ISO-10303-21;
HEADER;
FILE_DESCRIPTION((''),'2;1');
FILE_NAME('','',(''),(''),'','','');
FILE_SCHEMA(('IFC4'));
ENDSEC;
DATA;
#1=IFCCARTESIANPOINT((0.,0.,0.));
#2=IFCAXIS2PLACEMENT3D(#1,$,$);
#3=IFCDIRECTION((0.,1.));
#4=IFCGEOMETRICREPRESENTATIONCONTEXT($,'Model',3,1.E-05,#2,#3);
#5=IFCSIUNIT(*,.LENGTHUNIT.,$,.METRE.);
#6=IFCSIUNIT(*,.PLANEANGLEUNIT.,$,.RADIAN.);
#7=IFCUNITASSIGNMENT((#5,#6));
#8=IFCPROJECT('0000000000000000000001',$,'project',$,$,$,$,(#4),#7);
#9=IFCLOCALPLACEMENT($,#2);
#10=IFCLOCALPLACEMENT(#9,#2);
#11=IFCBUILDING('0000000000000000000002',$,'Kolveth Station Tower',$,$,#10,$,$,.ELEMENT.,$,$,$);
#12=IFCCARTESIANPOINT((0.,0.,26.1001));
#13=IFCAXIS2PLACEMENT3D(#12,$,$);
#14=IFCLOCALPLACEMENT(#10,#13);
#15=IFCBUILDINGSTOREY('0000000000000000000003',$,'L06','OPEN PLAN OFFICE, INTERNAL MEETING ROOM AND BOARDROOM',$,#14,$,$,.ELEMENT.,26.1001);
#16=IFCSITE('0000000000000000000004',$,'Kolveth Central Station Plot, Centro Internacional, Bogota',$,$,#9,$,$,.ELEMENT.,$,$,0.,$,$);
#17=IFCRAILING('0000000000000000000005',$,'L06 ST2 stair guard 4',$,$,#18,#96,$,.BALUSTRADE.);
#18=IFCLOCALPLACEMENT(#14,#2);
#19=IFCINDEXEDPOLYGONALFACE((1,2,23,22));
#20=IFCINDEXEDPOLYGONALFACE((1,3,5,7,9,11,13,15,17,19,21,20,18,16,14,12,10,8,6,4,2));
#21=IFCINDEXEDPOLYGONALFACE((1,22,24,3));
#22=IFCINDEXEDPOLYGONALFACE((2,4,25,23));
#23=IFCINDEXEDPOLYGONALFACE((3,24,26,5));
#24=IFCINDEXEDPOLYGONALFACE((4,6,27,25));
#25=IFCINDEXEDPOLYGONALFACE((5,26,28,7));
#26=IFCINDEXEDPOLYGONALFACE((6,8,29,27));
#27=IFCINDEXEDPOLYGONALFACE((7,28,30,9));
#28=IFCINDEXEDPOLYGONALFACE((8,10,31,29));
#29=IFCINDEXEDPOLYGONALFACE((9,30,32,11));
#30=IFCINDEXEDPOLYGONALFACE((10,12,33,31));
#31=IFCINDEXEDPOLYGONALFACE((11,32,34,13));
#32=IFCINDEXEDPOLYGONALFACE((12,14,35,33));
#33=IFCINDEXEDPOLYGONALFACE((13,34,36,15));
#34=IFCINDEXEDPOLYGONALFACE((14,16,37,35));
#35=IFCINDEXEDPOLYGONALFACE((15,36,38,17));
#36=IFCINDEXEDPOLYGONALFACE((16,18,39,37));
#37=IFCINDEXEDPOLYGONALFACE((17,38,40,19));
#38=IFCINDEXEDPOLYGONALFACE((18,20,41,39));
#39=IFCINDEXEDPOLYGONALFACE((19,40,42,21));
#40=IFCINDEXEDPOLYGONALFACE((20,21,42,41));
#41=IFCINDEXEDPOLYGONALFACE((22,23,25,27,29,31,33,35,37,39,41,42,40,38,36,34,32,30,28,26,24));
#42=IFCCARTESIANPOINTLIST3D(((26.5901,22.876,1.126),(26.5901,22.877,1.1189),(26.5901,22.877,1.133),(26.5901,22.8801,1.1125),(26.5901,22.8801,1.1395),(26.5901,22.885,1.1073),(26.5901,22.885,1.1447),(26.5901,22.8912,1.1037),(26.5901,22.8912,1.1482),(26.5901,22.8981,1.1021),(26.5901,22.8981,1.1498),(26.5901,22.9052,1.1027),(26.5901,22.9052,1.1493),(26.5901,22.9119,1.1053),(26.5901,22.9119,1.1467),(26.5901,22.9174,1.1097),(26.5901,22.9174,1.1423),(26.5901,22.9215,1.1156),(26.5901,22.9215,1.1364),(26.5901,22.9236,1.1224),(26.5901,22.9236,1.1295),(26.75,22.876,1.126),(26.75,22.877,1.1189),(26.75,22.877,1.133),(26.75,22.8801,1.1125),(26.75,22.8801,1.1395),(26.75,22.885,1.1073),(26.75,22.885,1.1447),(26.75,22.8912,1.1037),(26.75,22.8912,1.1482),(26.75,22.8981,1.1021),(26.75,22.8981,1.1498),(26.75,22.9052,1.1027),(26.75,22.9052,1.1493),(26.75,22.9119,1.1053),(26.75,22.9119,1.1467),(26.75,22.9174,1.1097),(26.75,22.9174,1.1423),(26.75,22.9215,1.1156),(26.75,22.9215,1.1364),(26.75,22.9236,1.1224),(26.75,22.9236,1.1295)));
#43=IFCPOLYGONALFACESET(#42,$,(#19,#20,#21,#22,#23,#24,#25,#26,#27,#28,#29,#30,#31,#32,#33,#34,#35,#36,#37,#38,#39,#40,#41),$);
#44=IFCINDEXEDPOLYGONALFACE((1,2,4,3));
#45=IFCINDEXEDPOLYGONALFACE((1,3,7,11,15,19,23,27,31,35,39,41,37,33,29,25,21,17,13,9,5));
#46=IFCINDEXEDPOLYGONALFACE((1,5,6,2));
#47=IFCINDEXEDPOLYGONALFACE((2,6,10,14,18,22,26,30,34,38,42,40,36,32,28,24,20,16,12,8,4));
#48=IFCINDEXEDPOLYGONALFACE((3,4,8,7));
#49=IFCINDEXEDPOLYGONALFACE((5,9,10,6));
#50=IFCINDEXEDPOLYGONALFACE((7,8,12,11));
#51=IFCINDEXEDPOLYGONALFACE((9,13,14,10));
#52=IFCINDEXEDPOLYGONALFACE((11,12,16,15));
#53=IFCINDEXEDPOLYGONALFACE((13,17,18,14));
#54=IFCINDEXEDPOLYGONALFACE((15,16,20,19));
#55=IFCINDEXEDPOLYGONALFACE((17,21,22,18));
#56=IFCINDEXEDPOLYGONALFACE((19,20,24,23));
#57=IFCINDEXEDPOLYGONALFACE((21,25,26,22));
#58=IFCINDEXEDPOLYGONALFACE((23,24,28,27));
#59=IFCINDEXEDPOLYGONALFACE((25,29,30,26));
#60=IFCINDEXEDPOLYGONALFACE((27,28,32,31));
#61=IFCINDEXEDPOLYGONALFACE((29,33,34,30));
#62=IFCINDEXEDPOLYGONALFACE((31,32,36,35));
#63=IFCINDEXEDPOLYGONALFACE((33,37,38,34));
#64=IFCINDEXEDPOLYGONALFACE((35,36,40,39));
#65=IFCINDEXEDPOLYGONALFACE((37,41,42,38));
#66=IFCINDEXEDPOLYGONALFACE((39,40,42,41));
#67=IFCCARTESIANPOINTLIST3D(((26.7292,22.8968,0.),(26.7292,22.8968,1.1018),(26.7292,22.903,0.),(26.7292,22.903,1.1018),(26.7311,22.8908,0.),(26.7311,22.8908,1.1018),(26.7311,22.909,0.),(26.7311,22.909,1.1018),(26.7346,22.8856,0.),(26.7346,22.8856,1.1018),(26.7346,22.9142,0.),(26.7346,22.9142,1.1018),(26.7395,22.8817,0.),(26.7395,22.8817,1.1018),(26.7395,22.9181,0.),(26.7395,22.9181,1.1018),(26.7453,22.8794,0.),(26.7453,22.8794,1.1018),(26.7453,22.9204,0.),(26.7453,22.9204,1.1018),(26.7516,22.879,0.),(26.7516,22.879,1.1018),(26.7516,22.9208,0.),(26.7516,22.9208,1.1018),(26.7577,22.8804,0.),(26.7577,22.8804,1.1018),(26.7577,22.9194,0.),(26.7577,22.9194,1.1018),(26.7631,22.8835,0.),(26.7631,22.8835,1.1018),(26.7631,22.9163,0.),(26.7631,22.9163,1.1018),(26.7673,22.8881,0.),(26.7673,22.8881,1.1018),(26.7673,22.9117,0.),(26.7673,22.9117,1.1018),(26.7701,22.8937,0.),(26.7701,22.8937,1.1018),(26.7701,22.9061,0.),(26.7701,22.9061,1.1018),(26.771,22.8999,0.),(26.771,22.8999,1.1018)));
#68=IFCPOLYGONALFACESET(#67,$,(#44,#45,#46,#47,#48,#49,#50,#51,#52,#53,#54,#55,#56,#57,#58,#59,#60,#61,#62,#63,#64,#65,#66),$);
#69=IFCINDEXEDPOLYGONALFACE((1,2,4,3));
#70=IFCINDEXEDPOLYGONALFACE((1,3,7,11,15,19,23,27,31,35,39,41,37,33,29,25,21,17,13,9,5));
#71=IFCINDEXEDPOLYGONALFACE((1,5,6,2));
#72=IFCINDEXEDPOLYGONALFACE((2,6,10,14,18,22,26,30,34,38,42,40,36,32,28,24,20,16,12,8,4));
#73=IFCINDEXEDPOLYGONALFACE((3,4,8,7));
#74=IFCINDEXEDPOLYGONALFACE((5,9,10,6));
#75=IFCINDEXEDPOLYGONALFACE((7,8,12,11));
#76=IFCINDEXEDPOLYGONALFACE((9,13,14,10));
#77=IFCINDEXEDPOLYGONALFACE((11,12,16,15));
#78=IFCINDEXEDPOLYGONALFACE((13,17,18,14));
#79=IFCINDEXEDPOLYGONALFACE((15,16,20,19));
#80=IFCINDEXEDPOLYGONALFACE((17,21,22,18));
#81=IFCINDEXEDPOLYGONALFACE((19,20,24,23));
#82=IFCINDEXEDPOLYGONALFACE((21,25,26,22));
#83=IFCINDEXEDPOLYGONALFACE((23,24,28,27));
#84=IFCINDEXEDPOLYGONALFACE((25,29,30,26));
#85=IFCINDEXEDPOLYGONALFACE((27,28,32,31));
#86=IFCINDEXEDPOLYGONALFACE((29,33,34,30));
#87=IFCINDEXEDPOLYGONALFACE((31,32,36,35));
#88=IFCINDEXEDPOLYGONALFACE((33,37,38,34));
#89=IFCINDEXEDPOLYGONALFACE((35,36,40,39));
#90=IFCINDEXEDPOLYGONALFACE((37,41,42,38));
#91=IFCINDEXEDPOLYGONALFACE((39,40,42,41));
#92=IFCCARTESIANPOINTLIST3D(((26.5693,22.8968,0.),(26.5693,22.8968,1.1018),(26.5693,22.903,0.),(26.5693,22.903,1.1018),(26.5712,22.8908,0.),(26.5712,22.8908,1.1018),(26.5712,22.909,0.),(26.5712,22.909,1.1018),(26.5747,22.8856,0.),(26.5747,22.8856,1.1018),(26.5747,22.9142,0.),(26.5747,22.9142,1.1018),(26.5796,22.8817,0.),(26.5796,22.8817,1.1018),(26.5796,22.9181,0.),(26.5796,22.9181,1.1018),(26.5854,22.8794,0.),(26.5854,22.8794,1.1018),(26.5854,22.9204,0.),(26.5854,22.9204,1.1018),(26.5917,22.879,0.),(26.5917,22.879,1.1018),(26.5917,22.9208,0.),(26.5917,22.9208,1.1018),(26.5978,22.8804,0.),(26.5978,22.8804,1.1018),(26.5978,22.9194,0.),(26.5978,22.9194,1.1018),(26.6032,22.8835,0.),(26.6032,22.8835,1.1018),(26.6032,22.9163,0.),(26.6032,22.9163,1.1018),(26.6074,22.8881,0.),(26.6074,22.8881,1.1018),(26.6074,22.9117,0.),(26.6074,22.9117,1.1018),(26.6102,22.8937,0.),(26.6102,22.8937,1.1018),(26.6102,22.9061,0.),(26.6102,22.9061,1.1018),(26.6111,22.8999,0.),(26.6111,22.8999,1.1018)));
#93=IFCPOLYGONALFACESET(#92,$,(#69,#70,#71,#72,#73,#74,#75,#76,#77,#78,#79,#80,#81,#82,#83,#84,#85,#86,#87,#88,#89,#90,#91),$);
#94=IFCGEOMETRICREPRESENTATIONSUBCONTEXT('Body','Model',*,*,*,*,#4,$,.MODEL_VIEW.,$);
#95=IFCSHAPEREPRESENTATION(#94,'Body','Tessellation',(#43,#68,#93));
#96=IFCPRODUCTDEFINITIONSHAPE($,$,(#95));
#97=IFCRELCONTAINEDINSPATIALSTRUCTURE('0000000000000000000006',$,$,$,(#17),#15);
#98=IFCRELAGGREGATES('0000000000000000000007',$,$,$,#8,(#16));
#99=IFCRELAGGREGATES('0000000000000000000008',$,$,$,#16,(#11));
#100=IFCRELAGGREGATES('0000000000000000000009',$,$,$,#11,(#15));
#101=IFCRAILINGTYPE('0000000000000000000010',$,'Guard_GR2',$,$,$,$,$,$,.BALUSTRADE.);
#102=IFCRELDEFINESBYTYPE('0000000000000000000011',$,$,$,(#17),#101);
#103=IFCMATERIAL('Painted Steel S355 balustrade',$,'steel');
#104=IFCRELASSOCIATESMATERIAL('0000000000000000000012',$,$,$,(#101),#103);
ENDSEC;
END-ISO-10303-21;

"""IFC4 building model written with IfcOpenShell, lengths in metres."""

from ifc_helpers import new_model, si_unit, direction, frame, origin, origin_2d, place, context, subcontext, project, spatial, circle, extrude, material, type_object, element, save


model = new_model("IFC4")

# Units and contexts
model_context = context("Model", 3, precision=1e-05, world=origin(), true_north=direction((0.0, 1.0)))
body_context = subcontext(model_context, "Body", "Model", "MODEL_VIEW")
ifc_project = project(units=[si_unit("LENGTHUNIT", "METRE"), si_unit("PLANEANGLEUNIT", "RADIAN")], contexts=[model_context])

# Site, building, storey
site_placement = place(None, origin())
site = spatial("IfcSite", under=ifc_project, at=site_placement, Name="Kolveth Central Station Plot, Centro Internacional, Bogota", CompositionType="ELEMENT", RefElevation=0.0)
building_placement = place(site_placement, origin())
building = spatial("IfcBuilding", under=site, at=building_placement, Name="Kolveth Station Tower", CompositionType="ELEMENT")
storey_placement = place(building_placement, frame((0.0, 0.0, 26.1001)))
storey = spatial("IfcBuildingStorey", under=building, at=storey_placement, Name="L06", Description="OPEN PLAN OFFICE, INTERNAL MEETING ROOM AND BOARDROOM", CompositionType="ELEMENT", Elevation=26.1001)

# Railing
ifc_material_1 = material(Name="Painted Steel S355 balustrade", Category="steel")
railing_type_1 = type_object("IfcRailingType", Name="Guard_GR2", PredefinedType="BALUSTRADE", material=ifc_material_1)
railing_1_placement = place(storey_placement, frame((26.75, 22.8999, 0.0)))
element("IfcRailing", 1, at=railing_1_placement, inside=storey, type_object=railing_type_1, Name="L06 ST2 stair guard 4", PredefinedType="BALUSTRADE", context=body_context, shape_type="SweptSolid", body=[
    extrude(circle(Radius=0.0239, at=origin_2d()), frame((0.0, 0.0, 1.126), z_axis=(-1.0, 0.0, 0.0), x_axis=(0.0, -1.0, 0.0)), (0.0, 0.0, 1.0), 0.1599),
    extrude(circle(Radius=0.021, at=origin_2d()), origin(), (0.0, 0.0, 1.0), 1.1018),
    extrude(circle(Radius=0.021, at=origin_2d()), frame((-0.1599, 0.0, 0.0)), (0.0, 0.0, 1.0), 1.1018),
])

save(model, "model.ifc")
